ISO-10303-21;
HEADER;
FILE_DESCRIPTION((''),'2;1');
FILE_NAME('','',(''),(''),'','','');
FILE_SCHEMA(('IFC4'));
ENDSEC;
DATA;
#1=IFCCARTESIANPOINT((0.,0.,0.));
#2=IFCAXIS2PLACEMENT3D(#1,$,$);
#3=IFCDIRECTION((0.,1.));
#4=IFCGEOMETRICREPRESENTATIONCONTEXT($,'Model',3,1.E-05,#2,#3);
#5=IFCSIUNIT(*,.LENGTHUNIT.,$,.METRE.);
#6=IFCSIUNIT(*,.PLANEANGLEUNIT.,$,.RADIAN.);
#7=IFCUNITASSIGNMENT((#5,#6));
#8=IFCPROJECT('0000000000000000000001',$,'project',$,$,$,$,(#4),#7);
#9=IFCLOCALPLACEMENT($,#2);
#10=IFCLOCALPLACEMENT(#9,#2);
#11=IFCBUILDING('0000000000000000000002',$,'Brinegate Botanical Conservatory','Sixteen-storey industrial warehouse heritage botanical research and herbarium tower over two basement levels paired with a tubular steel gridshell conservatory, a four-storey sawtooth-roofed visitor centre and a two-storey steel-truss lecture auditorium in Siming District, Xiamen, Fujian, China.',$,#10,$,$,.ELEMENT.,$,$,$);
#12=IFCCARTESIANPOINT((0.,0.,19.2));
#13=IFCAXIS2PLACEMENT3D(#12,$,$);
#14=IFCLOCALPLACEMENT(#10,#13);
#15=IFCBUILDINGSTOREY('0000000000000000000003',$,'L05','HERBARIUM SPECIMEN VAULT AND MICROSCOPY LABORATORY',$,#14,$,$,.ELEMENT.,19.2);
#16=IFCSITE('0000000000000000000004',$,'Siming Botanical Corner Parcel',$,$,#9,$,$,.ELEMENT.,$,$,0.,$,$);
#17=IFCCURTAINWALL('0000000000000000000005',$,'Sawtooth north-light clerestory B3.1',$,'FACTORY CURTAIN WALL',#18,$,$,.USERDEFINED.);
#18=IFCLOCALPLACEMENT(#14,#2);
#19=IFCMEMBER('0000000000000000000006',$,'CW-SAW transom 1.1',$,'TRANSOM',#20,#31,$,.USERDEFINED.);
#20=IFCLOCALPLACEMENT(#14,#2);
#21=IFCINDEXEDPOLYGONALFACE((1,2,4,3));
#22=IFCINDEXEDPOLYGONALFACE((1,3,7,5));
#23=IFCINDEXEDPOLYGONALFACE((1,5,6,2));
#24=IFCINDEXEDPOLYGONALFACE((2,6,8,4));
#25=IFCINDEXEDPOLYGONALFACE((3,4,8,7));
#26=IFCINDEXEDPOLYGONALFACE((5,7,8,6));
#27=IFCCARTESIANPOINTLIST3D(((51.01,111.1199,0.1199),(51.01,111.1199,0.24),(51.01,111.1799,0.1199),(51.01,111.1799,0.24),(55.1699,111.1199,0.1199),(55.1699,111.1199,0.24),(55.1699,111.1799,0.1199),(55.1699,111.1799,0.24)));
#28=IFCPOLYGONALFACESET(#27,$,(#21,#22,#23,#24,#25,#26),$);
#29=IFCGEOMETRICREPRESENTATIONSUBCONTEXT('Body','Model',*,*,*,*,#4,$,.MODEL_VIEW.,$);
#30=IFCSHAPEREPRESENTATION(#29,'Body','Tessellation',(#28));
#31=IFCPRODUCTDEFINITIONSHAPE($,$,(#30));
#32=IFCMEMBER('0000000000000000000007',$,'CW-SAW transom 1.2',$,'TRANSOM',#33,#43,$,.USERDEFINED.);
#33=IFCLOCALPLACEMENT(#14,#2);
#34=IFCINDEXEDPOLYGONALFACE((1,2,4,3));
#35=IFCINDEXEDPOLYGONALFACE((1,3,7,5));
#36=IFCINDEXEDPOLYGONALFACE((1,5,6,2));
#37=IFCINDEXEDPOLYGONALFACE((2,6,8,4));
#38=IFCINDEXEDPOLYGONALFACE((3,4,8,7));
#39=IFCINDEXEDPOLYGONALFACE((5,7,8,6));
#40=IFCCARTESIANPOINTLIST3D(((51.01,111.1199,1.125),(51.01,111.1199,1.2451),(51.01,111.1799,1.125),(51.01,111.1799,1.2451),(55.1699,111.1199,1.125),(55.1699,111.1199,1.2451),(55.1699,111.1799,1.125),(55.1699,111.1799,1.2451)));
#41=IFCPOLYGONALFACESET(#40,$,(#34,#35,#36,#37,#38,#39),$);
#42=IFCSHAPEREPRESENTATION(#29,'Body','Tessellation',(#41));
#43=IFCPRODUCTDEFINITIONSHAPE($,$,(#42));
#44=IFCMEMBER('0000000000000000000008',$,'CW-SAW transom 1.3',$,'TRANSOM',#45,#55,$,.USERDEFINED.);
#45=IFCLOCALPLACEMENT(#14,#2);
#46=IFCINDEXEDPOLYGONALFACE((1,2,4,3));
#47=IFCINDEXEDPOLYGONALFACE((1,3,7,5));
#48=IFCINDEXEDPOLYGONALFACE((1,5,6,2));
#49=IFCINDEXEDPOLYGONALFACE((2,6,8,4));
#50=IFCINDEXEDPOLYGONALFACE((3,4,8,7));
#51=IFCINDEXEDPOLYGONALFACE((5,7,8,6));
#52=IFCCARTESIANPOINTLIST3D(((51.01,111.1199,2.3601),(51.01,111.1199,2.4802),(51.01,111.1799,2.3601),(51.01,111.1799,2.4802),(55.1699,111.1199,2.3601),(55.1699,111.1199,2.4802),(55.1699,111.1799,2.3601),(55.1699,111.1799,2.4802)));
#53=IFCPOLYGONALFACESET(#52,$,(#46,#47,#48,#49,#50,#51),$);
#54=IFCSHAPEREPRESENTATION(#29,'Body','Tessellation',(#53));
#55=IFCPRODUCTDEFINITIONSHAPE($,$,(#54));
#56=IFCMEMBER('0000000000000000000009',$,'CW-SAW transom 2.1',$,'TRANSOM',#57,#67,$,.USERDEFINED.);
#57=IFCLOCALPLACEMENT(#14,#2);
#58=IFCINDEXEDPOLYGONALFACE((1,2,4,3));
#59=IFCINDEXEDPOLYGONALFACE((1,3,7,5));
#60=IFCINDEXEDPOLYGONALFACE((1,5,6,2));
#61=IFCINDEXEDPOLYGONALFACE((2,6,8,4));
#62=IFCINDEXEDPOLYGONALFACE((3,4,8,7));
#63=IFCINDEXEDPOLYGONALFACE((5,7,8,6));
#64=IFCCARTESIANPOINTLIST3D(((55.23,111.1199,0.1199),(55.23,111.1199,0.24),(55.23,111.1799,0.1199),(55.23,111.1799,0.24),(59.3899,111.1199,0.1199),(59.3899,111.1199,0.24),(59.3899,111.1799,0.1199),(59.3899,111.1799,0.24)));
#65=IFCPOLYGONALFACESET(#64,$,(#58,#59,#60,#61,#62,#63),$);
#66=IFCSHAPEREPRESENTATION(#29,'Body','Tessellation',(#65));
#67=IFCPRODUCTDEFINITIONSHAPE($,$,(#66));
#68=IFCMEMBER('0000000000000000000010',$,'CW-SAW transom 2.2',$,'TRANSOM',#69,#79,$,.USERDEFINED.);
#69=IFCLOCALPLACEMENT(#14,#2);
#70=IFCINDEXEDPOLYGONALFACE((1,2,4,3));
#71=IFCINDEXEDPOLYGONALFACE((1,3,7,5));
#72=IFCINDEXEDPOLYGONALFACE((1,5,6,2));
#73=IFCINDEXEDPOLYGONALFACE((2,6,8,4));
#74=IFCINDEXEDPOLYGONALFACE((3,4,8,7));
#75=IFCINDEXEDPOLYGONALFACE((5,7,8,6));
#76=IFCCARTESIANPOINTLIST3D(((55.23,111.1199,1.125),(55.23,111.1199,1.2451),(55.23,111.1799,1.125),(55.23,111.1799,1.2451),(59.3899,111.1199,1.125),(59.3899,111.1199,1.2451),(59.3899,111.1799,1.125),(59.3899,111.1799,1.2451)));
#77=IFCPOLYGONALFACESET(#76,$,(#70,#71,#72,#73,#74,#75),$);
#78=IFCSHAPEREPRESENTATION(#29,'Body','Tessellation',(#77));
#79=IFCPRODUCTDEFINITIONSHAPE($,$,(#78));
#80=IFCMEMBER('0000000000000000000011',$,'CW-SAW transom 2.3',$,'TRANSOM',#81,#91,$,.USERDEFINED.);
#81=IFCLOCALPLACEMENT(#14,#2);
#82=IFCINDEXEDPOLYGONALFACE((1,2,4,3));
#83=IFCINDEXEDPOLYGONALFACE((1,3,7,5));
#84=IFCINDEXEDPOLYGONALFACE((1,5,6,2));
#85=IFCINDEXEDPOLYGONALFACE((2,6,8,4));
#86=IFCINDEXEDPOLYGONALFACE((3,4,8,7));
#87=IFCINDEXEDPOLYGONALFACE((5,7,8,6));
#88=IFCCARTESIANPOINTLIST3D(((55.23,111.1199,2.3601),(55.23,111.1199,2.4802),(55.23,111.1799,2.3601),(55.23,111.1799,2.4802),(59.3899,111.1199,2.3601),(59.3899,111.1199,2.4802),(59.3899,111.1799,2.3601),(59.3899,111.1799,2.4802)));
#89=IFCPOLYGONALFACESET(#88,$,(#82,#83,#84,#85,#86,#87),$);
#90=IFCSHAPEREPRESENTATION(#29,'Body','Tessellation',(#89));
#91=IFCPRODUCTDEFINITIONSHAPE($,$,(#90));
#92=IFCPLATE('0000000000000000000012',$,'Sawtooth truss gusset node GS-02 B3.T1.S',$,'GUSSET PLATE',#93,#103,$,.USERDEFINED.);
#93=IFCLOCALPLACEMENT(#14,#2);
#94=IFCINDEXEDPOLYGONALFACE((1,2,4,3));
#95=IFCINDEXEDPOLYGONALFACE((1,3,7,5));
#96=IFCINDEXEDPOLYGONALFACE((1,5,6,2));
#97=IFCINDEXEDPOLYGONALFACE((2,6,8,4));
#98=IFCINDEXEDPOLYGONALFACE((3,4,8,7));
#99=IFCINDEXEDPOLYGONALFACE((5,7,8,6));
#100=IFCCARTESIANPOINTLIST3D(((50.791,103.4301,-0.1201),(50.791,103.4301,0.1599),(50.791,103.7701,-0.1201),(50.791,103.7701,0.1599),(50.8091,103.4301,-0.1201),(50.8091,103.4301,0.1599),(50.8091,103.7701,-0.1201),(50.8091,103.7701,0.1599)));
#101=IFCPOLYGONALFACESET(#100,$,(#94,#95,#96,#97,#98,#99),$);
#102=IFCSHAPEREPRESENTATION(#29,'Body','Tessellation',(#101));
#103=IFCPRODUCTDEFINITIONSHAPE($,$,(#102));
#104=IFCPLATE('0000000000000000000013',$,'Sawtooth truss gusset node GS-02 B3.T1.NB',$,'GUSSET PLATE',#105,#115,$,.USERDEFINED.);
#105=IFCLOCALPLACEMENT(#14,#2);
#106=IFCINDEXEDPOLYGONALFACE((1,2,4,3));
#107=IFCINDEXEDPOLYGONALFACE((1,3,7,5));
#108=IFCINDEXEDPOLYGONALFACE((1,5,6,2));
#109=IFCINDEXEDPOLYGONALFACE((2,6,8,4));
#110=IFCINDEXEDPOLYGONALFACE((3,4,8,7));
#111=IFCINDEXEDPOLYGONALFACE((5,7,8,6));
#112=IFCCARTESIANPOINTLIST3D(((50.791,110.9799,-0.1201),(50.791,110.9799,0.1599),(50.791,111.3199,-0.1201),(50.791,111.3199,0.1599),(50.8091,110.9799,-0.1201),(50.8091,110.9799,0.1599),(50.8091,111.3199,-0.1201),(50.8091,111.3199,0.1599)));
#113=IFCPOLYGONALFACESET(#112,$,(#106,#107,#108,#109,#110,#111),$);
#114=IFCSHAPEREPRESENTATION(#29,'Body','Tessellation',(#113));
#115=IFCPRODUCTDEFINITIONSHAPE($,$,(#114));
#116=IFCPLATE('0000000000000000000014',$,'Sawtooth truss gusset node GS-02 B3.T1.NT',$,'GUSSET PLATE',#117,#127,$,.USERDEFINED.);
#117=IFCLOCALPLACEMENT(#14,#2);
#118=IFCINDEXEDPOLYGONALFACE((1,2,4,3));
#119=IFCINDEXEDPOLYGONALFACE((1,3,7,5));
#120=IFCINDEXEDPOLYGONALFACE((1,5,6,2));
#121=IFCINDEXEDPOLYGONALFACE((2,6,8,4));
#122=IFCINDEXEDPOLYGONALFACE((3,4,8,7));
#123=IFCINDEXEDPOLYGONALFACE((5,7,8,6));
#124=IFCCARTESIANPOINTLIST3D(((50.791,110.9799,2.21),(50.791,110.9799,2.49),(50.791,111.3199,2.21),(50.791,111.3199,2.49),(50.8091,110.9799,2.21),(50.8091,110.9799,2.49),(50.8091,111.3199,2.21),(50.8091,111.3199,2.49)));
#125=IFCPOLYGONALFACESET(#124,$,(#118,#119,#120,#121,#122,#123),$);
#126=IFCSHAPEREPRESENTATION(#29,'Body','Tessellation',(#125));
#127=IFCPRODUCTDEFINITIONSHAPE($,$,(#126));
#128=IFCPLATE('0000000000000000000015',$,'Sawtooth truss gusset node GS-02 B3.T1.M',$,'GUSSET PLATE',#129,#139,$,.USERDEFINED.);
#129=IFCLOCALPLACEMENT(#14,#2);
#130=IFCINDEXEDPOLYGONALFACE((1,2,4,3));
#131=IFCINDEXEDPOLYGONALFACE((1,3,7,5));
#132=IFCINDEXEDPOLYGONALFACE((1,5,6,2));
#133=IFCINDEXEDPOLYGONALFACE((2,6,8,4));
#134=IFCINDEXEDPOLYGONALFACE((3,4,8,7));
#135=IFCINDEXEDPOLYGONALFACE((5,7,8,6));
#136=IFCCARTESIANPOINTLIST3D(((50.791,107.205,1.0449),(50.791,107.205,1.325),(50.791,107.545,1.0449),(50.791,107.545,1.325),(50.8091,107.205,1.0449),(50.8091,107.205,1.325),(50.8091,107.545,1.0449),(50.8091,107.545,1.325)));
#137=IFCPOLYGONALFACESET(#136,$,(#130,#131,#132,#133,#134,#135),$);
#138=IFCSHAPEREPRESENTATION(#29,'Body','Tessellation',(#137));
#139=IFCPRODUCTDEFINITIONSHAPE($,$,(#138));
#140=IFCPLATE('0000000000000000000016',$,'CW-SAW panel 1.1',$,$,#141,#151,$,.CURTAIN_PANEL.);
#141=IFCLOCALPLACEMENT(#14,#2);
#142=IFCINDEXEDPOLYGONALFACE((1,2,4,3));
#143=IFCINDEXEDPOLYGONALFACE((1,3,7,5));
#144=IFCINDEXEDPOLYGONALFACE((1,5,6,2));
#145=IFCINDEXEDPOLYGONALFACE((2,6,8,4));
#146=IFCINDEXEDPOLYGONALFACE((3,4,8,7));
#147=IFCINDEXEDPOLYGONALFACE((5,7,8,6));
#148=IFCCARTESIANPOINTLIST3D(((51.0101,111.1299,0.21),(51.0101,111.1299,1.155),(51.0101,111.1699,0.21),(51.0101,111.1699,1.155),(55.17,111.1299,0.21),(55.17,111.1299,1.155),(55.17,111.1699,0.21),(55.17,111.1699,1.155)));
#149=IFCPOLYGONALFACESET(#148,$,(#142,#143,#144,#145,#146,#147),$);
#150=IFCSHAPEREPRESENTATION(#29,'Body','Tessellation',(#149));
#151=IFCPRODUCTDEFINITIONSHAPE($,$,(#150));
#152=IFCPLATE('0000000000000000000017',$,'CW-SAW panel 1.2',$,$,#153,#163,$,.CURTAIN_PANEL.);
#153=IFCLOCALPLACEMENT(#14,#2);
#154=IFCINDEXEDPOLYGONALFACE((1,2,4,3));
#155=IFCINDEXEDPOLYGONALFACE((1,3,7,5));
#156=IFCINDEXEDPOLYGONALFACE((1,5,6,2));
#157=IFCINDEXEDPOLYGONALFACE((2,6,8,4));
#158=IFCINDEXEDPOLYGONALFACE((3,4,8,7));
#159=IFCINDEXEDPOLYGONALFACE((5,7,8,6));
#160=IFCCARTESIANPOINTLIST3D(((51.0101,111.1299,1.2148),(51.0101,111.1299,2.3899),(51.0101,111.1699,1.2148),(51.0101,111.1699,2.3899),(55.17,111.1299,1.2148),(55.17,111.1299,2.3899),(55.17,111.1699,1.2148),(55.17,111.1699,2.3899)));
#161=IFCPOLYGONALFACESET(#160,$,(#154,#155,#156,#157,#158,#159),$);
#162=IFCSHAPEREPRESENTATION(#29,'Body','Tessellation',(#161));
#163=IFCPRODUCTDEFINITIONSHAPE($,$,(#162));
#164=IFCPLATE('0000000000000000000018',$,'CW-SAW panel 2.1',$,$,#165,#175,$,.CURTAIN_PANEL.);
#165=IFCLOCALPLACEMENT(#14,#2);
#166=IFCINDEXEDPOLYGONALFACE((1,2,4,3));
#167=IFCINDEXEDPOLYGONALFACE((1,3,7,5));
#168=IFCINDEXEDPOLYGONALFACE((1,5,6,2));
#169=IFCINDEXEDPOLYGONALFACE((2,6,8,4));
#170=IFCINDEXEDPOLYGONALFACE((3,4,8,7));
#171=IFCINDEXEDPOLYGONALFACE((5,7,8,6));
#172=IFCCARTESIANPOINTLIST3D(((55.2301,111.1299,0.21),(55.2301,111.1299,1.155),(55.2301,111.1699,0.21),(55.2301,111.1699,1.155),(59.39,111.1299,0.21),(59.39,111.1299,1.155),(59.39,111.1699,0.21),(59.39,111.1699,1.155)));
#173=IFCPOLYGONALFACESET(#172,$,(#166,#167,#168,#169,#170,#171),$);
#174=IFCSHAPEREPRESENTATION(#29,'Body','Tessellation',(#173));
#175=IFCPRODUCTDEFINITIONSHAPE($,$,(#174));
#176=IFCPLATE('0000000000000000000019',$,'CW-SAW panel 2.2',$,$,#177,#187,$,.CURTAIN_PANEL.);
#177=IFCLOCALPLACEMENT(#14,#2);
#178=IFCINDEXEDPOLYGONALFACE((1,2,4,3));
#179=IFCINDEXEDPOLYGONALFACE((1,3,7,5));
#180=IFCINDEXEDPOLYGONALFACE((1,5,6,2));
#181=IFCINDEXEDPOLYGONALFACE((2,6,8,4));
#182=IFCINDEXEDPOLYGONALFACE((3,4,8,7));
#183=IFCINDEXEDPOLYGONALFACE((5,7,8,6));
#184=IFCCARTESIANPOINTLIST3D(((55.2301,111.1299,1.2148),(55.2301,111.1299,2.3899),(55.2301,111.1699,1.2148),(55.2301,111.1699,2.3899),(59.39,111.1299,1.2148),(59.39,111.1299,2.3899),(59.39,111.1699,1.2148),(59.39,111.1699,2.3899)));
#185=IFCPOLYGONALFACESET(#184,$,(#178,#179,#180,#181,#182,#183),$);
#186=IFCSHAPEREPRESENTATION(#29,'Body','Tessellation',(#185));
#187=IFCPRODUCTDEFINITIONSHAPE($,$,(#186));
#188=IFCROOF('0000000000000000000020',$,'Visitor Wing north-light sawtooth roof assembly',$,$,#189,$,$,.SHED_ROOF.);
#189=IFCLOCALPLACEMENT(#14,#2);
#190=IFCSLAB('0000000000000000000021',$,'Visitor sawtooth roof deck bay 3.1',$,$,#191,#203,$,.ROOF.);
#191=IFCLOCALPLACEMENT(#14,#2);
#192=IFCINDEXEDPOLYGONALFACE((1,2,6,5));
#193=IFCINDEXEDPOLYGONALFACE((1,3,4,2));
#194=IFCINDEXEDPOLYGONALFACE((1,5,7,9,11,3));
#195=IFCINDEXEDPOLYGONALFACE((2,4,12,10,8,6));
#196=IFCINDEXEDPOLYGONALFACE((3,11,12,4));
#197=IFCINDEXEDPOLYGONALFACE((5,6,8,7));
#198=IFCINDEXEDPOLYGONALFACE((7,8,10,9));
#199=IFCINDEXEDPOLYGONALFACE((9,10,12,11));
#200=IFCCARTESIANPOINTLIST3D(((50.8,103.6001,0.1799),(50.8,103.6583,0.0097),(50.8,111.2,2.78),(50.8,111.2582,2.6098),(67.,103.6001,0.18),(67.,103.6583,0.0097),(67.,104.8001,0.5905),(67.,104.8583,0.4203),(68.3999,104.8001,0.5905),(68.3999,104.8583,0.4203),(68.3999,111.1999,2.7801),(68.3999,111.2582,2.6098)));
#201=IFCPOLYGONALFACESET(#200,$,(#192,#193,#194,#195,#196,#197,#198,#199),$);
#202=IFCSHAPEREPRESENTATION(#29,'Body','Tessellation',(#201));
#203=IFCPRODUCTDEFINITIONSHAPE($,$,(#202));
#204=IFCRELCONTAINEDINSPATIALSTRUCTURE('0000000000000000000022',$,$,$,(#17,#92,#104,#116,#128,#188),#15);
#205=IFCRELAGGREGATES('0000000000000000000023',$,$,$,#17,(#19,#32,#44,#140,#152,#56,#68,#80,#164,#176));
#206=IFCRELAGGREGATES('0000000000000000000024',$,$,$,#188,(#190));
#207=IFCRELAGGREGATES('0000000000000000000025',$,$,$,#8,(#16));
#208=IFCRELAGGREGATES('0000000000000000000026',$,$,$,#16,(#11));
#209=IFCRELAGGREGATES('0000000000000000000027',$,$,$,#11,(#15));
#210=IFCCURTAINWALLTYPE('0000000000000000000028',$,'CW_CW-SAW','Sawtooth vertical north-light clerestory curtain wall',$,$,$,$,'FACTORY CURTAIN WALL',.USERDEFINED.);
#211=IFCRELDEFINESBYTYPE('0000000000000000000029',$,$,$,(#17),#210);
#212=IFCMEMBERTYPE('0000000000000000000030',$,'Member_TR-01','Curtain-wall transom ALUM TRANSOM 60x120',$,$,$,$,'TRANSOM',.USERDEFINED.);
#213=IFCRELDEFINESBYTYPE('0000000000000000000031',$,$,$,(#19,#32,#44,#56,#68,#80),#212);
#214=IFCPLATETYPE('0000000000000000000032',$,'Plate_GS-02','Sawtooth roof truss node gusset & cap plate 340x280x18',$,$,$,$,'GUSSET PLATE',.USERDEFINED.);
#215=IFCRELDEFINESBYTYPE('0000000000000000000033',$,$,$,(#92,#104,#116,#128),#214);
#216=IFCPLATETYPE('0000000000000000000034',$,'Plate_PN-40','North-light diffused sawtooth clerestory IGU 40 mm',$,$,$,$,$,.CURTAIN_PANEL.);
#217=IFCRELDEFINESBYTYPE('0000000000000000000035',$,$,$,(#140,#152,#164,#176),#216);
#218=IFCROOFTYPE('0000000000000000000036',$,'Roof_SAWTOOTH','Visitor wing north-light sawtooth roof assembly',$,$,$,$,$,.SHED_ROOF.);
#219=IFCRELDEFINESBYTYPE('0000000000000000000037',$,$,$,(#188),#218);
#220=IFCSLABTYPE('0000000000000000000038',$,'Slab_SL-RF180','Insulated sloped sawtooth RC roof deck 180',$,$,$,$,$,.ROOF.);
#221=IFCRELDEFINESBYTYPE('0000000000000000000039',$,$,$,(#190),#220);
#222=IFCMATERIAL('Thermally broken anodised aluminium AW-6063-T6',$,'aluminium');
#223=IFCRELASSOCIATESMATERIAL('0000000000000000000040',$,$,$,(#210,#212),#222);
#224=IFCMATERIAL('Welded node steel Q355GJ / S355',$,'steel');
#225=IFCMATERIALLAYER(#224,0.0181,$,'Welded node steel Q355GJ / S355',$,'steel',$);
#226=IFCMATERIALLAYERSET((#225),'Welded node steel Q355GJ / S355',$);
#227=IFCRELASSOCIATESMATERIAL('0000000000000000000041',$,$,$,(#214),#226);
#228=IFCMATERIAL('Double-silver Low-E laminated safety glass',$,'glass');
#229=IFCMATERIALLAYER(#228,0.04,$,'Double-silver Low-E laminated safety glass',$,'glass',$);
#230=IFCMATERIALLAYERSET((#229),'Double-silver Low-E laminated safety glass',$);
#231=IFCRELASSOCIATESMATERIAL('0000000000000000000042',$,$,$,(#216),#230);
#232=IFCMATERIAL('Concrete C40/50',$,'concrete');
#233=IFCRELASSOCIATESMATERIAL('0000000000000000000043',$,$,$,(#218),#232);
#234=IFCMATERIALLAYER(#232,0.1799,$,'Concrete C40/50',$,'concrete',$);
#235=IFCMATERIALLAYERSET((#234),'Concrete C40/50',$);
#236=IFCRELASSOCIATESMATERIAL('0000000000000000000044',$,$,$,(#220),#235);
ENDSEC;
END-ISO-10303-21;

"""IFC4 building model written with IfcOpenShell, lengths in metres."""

from ifc_helpers import new_model, si_unit, direction, frame, origin, origin_2d, place, context, subcontext, project, spatial, polyline, rectangle, outline, extrude, material, layer, layer_set, material_profile, profile_set, type_object, element, aggregate, save


model = new_model("IFC4")

# Units and contexts
model_context = context("Model", 3, precision=1e-05, world=origin(), true_north=direction((0.0, 1.0)))
body_context = subcontext(model_context, "Body", "Model", "MODEL_VIEW")
ifc_project = project(units=[si_unit("LENGTHUNIT", "METRE"), si_unit("PLANEANGLEUNIT", "RADIAN")], contexts=[model_context])

# Site, building, storey
site_placement = place(None, origin())
site = spatial("IfcSite", under=ifc_project, at=site_placement, Name="Siming Botanical Corner Parcel", CompositionType="ELEMENT", RefElevation=0.0)
building_placement = place(site_placement, origin())
building = spatial("IfcBuilding", under=site, at=building_placement, Name="Brinegate Botanical Conservatory", Description="Sixteen-storey industrial warehouse heritage botanical research and herbarium tower over two basement levels paired with a tubular steel gridshell conservatory, a four-storey sawtooth-roofed visitor centre and a two-storey steel-truss lecture auditorium in Siming District, Xiamen, Fujian, China.", CompositionType="ELEMENT")
storey_placement = place(building_placement, frame((0.0, 0.0, 19.2)))
storey = spatial("IfcBuildingStorey", under=building, at=storey_placement, Name="L05", Description="HERBARIUM SPECIMEN VAULT AND MICROSCOPY LABORATORY", CompositionType="ELEMENT", Elevation=19.2)

# Curtain wall
ifc_material_1 = material(Name="Thermally broken anodised aluminium AW-6063-T6", Category="aluminium")
curtain_wall_type = type_object("IfcCurtainWallType", Name="CW_CW-SAW", Description="Sawtooth vertical north-light clerestory curtain wall", ElementType="FACTORY CURTAIN WALL", PredefinedType="USERDEFINED", material=ifc_material_1)
curtain_wall_placement = place(storey_placement, origin())
curtain_wall = element("IfcCurtainWall", 1, at=curtain_wall_placement, inside=storey, type_object=curtain_wall_type, Name="Sawtooth north-light clerestory B3.1", ObjectType="FACTORY CURTAIN WALL", PredefinedType="USERDEFINED")

# Members
ifc_material_profile_1 = material_profile(ifc_material_1, rectangle(XDim=0.0601, YDim=0.1201, at=origin_2d()), Name="ALUM TRANSOM 60x120")
ifc_profile_set_1 = profile_set([ifc_material_profile_1], Name="Thermally broken anodised aluminium AW-6063-T6")
member_type_1 = type_object("IfcMemberType", Name="Member_TR-01", Description="Curtain-wall transom ALUM TRANSOM 60x120", ElementType="TRANSOM", PredefinedType="USERDEFINED", material=ifc_profile_set_1)
member_1_placement = place(storey_placement, frame((51.01, 111.1499, 0.1799), z_axis=(1.0, 0.0, 0.0), x_axis=(0.0, 1.0, 0.0)))
member_1 = element("IfcMember", 2, at=member_1_placement, type_object=member_type_1, Name="CW-SAW transom 1.1", ObjectType="TRANSOM", PredefinedType="USERDEFINED", context=body_context, shape_type="SweptSolid", body=[
    extrude(rectangle(XDim=0.0601, YDim=0.1201, at=origin_2d()), origin(), (0.0, 0.0, 1.0), 4.1599),
])
member_2_placement = place(storey_placement, frame((51.01, 111.1499, 1.1851), z_axis=(1.0, 0.0, 0.0), x_axis=(0.0, 1.0, 0.0)))
member_2 = element("IfcMember", 3, at=member_2_placement, type_object=member_type_1, Name="CW-SAW transom 1.2", ObjectType="TRANSOM", PredefinedType="USERDEFINED", context=body_context, shape_type="SweptSolid", body=[
    extrude(rectangle(XDim=0.0601, YDim=0.1201, at=origin_2d()), origin(), (0.0, 0.0, 1.0), 4.1599),
])
member_3_placement = place(storey_placement, frame((51.01, 111.1499, 2.4202), z_axis=(1.0, 0.0, 0.0), x_axis=(0.0, 1.0, 0.0)))
member_3 = element("IfcMember", 4, at=member_3_placement, type_object=member_type_1, Name="CW-SAW transom 1.3", ObjectType="TRANSOM", PredefinedType="USERDEFINED", context=body_context, shape_type="SweptSolid", body=[
    extrude(rectangle(XDim=0.0601, YDim=0.1201, at=origin_2d()), origin(), (0.0, 0.0, 1.0), 4.1599),
])
member_4_placement = place(storey_placement, frame((55.23, 111.1499, 0.1799), z_axis=(1.0, 0.0, 0.0), x_axis=(0.0, 1.0, 0.0)))
member_4 = element("IfcMember", 5, at=member_4_placement, type_object=member_type_1, Name="CW-SAW transom 2.1", ObjectType="TRANSOM", PredefinedType="USERDEFINED", context=body_context, shape_type="SweptSolid", body=[
    extrude(rectangle(XDim=0.0601, YDim=0.1201, at=origin_2d()), origin(), (0.0, 0.0, 1.0), 4.1599),
])
member_5_placement = place(storey_placement, frame((55.23, 111.1499, 1.1851), z_axis=(1.0, 0.0, 0.0), x_axis=(0.0, 1.0, 0.0)))
member_5 = element("IfcMember", 6, at=member_5_placement, type_object=member_type_1, Name="CW-SAW transom 2.2", ObjectType="TRANSOM", PredefinedType="USERDEFINED", context=body_context, shape_type="SweptSolid", body=[
    extrude(rectangle(XDim=0.0601, YDim=0.1201, at=origin_2d()), origin(), (0.0, 0.0, 1.0), 4.1599),
])
member_6_placement = place(storey_placement, frame((55.23, 111.1499, 2.4202), z_axis=(1.0, 0.0, 0.0), x_axis=(0.0, 1.0, 0.0)))
member_6 = element("IfcMember", 7, at=member_6_placement, type_object=member_type_1, Name="CW-SAW transom 2.3", ObjectType="TRANSOM", PredefinedType="USERDEFINED", context=body_context, shape_type="SweptSolid", body=[
    extrude(rectangle(XDim=0.0601, YDim=0.1201, at=origin_2d()), origin(), (0.0, 0.0, 1.0), 4.1599),
])

# Plates
ifc_material_2 = material(Name="Welded node steel Q355GJ / S355", Category="steel")
ifc_layer_1 = layer(ifc_material_2, 0.0181, Name="Welded node steel Q355GJ / S355", Category="steel")
ifc_layer_set_1 = layer_set([ifc_layer_1], Name="Welded node steel Q355GJ / S355")
plate_type_1 = type_object("IfcPlateType", Name="Plate_GS-02", Description="Sawtooth roof truss node gusset & cap plate 340x280x18", ElementType="GUSSET PLATE", PredefinedType="USERDEFINED", material=ifc_layer_set_1)
for number, where, z_axis, x_axis, name in (
    (8, (50.8, 103.6001, -0.1201), (0.0, 0.0, 1.0), (1.0, 0.0, 0.0), "Sawtooth truss gusset node GS-02 B3.T1.S"),
    (9, (50.8, 111.1499, -0.1201), (0.0, 0.0, 1.0), (1.0, 0.0, 0.0), "Sawtooth truss gusset node GS-02 B3.T1.NB"),
    (10, (50.8, 111.1499, 2.21), (0.0, 0.0, 1.0), (1.0, 0.0, 0.0), "Sawtooth truss gusset node GS-02 B3.T1.NT"),
    (11, (50.8, 107.375, 1.0449), (0.0, 0.0, 1.0), (1.0, 0.0, 0.0), "Sawtooth truss gusset node GS-02 B3.T1.M"),
):
    element("IfcPlate", number, at=place(storey_placement, frame(where, z_axis=z_axis, x_axis=x_axis)), inside=storey, type_object=plate_type_1, Name=name, ObjectType="GUSSET PLATE", PredefinedType="USERDEFINED", context=body_context, shape_type="SweptSolid", body=[
        extrude(rectangle(XDim=0.0181, YDim=0.3401, at=origin_2d()), origin(), (0.0, 0.0, 1.0), 0.28),
    ])

# Plates
ifc_material_3 = material(Name="Double-silver Low-E laminated safety glass", Category="glass")
ifc_layer_2 = layer(ifc_material_3, 0.04, Name="Double-silver Low-E laminated safety glass", Category="glass")
ifc_layer_set_2 = layer_set([ifc_layer_2], Name="Double-silver Low-E laminated safety glass")
plate_type_2 = type_object("IfcPlateType", Name="Plate_PN-40", Description="North-light diffused sawtooth clerestory IGU 40 mm", PredefinedType="CURTAIN_PANEL", material=ifc_layer_set_2)
plate_1_placement = place(storey_placement, frame((53.0901, 111.1499, 0.21), z_axis=(0.0, 0.0, 1.0), x_axis=(1.0, 0.0, 0.0)))
plate_1 = element("IfcPlate", 12, at=plate_1_placement, type_object=plate_type_2, Name="CW-SAW panel 1.1", PredefinedType="CURTAIN_PANEL", context=body_context, shape_type="SweptSolid", body=[
    extrude(rectangle(XDim=4.1599, YDim=0.04, at=origin_2d()), origin(), (0.0, 0.0, 1.0), 0.9451),
])
plate_2_placement = place(storey_placement, frame((53.0901, 111.1499, 1.2148), z_axis=(0.0, 0.0, 1.0), x_axis=(1.0, 0.0, 0.0)))
plate_2 = element("IfcPlate", 13, at=plate_2_placement, type_object=plate_type_2, Name="CW-SAW panel 1.2", PredefinedType="CURTAIN_PANEL", context=body_context, shape_type="SweptSolid", body=[
    extrude(rectangle(XDim=4.1599, YDim=0.04, at=origin_2d()), origin(), (0.0, 0.0, 1.0), 1.175),
])
plate_3_placement = place(storey_placement, frame((57.3101, 111.1499, 0.21), z_axis=(0.0, 0.0, 1.0), x_axis=(1.0, 0.0, 0.0)))
plate_3 = element("IfcPlate", 14, at=plate_3_placement, type_object=plate_type_2, Name="CW-SAW panel 2.1", PredefinedType="CURTAIN_PANEL", context=body_context, shape_type="SweptSolid", body=[
    extrude(rectangle(XDim=4.1599, YDim=0.04, at=origin_2d()), origin(), (0.0, 0.0, 1.0), 0.9451),
])
plate_4_placement = place(storey_placement, frame((57.3101, 111.1499, 1.2148), z_axis=(0.0, 0.0, 1.0), x_axis=(1.0, 0.0, 0.0)))
plate_4 = element("IfcPlate", 15, at=plate_4_placement, type_object=plate_type_2, Name="CW-SAW panel 2.2", PredefinedType="CURTAIN_PANEL", context=body_context, shape_type="SweptSolid", body=[
    extrude(rectangle(XDim=4.1599, YDim=0.04, at=origin_2d()), origin(), (0.0, 0.0, 1.0), 1.175),
])
aggregate(curtain_wall, [member_1, member_2, member_3, plate_1, plate_2, member_4, member_5, member_6, plate_3, plate_4])

# Roof, slab
ifc_material_4 = material(Name="Concrete C40/50", Category="concrete")
roof_type = type_object("IfcRoofType", Name="Roof_SAWTOOTH", Description="Visitor wing north-light sawtooth roof assembly", PredefinedType="SHED_ROOF", material=ifc_material_4)
roof_placement = place(storey_placement, origin())
roof = element("IfcRoof", 16, at=roof_placement, inside=storey, type_object=roof_type, Name="Visitor Wing north-light sawtooth roof assembly", PredefinedType="SHED_ROOF")
ifc_layer_3 = layer(ifc_material_4, 0.1799, Name="Concrete C40/50", Category="concrete")
ifc_layer_set_3 = layer_set([ifc_layer_3], Name="Concrete C40/50")
slab_type = type_object("IfcSlabType", Name="Slab_SL-RF180", Description="Insulated sloped sawtooth RC roof deck 180", PredefinedType="ROOF", material=ifc_layer_set_3)
slab_placement = place(storey_placement, frame((50.8, 103.6001, 0.1799), z_axis=(-0.000003, -0.323703, 0.946159), x_axis=(1.0, -0.000001, 0.000003)))
slab = element("IfcSlab", 17, at=slab_placement, type_object=slab_type, Name="Visitor sawtooth roof deck bay 3.1", PredefinedType="ROOF", context=body_context, shape_type="SweptSolid", body=[
    extrude(outline(polyline([(0.0, 0.0), (16.2, 0.0), (16.2, 1.2683), (17.5999, 1.2683), (17.5999, 8.0323), (0.0, 8.0323), (0.0, 0.0)])), origin(), (0.0, 0.0, -1.0), 0.1799),
])
aggregate(roof, [slab])

save(model, "model.ifc")
